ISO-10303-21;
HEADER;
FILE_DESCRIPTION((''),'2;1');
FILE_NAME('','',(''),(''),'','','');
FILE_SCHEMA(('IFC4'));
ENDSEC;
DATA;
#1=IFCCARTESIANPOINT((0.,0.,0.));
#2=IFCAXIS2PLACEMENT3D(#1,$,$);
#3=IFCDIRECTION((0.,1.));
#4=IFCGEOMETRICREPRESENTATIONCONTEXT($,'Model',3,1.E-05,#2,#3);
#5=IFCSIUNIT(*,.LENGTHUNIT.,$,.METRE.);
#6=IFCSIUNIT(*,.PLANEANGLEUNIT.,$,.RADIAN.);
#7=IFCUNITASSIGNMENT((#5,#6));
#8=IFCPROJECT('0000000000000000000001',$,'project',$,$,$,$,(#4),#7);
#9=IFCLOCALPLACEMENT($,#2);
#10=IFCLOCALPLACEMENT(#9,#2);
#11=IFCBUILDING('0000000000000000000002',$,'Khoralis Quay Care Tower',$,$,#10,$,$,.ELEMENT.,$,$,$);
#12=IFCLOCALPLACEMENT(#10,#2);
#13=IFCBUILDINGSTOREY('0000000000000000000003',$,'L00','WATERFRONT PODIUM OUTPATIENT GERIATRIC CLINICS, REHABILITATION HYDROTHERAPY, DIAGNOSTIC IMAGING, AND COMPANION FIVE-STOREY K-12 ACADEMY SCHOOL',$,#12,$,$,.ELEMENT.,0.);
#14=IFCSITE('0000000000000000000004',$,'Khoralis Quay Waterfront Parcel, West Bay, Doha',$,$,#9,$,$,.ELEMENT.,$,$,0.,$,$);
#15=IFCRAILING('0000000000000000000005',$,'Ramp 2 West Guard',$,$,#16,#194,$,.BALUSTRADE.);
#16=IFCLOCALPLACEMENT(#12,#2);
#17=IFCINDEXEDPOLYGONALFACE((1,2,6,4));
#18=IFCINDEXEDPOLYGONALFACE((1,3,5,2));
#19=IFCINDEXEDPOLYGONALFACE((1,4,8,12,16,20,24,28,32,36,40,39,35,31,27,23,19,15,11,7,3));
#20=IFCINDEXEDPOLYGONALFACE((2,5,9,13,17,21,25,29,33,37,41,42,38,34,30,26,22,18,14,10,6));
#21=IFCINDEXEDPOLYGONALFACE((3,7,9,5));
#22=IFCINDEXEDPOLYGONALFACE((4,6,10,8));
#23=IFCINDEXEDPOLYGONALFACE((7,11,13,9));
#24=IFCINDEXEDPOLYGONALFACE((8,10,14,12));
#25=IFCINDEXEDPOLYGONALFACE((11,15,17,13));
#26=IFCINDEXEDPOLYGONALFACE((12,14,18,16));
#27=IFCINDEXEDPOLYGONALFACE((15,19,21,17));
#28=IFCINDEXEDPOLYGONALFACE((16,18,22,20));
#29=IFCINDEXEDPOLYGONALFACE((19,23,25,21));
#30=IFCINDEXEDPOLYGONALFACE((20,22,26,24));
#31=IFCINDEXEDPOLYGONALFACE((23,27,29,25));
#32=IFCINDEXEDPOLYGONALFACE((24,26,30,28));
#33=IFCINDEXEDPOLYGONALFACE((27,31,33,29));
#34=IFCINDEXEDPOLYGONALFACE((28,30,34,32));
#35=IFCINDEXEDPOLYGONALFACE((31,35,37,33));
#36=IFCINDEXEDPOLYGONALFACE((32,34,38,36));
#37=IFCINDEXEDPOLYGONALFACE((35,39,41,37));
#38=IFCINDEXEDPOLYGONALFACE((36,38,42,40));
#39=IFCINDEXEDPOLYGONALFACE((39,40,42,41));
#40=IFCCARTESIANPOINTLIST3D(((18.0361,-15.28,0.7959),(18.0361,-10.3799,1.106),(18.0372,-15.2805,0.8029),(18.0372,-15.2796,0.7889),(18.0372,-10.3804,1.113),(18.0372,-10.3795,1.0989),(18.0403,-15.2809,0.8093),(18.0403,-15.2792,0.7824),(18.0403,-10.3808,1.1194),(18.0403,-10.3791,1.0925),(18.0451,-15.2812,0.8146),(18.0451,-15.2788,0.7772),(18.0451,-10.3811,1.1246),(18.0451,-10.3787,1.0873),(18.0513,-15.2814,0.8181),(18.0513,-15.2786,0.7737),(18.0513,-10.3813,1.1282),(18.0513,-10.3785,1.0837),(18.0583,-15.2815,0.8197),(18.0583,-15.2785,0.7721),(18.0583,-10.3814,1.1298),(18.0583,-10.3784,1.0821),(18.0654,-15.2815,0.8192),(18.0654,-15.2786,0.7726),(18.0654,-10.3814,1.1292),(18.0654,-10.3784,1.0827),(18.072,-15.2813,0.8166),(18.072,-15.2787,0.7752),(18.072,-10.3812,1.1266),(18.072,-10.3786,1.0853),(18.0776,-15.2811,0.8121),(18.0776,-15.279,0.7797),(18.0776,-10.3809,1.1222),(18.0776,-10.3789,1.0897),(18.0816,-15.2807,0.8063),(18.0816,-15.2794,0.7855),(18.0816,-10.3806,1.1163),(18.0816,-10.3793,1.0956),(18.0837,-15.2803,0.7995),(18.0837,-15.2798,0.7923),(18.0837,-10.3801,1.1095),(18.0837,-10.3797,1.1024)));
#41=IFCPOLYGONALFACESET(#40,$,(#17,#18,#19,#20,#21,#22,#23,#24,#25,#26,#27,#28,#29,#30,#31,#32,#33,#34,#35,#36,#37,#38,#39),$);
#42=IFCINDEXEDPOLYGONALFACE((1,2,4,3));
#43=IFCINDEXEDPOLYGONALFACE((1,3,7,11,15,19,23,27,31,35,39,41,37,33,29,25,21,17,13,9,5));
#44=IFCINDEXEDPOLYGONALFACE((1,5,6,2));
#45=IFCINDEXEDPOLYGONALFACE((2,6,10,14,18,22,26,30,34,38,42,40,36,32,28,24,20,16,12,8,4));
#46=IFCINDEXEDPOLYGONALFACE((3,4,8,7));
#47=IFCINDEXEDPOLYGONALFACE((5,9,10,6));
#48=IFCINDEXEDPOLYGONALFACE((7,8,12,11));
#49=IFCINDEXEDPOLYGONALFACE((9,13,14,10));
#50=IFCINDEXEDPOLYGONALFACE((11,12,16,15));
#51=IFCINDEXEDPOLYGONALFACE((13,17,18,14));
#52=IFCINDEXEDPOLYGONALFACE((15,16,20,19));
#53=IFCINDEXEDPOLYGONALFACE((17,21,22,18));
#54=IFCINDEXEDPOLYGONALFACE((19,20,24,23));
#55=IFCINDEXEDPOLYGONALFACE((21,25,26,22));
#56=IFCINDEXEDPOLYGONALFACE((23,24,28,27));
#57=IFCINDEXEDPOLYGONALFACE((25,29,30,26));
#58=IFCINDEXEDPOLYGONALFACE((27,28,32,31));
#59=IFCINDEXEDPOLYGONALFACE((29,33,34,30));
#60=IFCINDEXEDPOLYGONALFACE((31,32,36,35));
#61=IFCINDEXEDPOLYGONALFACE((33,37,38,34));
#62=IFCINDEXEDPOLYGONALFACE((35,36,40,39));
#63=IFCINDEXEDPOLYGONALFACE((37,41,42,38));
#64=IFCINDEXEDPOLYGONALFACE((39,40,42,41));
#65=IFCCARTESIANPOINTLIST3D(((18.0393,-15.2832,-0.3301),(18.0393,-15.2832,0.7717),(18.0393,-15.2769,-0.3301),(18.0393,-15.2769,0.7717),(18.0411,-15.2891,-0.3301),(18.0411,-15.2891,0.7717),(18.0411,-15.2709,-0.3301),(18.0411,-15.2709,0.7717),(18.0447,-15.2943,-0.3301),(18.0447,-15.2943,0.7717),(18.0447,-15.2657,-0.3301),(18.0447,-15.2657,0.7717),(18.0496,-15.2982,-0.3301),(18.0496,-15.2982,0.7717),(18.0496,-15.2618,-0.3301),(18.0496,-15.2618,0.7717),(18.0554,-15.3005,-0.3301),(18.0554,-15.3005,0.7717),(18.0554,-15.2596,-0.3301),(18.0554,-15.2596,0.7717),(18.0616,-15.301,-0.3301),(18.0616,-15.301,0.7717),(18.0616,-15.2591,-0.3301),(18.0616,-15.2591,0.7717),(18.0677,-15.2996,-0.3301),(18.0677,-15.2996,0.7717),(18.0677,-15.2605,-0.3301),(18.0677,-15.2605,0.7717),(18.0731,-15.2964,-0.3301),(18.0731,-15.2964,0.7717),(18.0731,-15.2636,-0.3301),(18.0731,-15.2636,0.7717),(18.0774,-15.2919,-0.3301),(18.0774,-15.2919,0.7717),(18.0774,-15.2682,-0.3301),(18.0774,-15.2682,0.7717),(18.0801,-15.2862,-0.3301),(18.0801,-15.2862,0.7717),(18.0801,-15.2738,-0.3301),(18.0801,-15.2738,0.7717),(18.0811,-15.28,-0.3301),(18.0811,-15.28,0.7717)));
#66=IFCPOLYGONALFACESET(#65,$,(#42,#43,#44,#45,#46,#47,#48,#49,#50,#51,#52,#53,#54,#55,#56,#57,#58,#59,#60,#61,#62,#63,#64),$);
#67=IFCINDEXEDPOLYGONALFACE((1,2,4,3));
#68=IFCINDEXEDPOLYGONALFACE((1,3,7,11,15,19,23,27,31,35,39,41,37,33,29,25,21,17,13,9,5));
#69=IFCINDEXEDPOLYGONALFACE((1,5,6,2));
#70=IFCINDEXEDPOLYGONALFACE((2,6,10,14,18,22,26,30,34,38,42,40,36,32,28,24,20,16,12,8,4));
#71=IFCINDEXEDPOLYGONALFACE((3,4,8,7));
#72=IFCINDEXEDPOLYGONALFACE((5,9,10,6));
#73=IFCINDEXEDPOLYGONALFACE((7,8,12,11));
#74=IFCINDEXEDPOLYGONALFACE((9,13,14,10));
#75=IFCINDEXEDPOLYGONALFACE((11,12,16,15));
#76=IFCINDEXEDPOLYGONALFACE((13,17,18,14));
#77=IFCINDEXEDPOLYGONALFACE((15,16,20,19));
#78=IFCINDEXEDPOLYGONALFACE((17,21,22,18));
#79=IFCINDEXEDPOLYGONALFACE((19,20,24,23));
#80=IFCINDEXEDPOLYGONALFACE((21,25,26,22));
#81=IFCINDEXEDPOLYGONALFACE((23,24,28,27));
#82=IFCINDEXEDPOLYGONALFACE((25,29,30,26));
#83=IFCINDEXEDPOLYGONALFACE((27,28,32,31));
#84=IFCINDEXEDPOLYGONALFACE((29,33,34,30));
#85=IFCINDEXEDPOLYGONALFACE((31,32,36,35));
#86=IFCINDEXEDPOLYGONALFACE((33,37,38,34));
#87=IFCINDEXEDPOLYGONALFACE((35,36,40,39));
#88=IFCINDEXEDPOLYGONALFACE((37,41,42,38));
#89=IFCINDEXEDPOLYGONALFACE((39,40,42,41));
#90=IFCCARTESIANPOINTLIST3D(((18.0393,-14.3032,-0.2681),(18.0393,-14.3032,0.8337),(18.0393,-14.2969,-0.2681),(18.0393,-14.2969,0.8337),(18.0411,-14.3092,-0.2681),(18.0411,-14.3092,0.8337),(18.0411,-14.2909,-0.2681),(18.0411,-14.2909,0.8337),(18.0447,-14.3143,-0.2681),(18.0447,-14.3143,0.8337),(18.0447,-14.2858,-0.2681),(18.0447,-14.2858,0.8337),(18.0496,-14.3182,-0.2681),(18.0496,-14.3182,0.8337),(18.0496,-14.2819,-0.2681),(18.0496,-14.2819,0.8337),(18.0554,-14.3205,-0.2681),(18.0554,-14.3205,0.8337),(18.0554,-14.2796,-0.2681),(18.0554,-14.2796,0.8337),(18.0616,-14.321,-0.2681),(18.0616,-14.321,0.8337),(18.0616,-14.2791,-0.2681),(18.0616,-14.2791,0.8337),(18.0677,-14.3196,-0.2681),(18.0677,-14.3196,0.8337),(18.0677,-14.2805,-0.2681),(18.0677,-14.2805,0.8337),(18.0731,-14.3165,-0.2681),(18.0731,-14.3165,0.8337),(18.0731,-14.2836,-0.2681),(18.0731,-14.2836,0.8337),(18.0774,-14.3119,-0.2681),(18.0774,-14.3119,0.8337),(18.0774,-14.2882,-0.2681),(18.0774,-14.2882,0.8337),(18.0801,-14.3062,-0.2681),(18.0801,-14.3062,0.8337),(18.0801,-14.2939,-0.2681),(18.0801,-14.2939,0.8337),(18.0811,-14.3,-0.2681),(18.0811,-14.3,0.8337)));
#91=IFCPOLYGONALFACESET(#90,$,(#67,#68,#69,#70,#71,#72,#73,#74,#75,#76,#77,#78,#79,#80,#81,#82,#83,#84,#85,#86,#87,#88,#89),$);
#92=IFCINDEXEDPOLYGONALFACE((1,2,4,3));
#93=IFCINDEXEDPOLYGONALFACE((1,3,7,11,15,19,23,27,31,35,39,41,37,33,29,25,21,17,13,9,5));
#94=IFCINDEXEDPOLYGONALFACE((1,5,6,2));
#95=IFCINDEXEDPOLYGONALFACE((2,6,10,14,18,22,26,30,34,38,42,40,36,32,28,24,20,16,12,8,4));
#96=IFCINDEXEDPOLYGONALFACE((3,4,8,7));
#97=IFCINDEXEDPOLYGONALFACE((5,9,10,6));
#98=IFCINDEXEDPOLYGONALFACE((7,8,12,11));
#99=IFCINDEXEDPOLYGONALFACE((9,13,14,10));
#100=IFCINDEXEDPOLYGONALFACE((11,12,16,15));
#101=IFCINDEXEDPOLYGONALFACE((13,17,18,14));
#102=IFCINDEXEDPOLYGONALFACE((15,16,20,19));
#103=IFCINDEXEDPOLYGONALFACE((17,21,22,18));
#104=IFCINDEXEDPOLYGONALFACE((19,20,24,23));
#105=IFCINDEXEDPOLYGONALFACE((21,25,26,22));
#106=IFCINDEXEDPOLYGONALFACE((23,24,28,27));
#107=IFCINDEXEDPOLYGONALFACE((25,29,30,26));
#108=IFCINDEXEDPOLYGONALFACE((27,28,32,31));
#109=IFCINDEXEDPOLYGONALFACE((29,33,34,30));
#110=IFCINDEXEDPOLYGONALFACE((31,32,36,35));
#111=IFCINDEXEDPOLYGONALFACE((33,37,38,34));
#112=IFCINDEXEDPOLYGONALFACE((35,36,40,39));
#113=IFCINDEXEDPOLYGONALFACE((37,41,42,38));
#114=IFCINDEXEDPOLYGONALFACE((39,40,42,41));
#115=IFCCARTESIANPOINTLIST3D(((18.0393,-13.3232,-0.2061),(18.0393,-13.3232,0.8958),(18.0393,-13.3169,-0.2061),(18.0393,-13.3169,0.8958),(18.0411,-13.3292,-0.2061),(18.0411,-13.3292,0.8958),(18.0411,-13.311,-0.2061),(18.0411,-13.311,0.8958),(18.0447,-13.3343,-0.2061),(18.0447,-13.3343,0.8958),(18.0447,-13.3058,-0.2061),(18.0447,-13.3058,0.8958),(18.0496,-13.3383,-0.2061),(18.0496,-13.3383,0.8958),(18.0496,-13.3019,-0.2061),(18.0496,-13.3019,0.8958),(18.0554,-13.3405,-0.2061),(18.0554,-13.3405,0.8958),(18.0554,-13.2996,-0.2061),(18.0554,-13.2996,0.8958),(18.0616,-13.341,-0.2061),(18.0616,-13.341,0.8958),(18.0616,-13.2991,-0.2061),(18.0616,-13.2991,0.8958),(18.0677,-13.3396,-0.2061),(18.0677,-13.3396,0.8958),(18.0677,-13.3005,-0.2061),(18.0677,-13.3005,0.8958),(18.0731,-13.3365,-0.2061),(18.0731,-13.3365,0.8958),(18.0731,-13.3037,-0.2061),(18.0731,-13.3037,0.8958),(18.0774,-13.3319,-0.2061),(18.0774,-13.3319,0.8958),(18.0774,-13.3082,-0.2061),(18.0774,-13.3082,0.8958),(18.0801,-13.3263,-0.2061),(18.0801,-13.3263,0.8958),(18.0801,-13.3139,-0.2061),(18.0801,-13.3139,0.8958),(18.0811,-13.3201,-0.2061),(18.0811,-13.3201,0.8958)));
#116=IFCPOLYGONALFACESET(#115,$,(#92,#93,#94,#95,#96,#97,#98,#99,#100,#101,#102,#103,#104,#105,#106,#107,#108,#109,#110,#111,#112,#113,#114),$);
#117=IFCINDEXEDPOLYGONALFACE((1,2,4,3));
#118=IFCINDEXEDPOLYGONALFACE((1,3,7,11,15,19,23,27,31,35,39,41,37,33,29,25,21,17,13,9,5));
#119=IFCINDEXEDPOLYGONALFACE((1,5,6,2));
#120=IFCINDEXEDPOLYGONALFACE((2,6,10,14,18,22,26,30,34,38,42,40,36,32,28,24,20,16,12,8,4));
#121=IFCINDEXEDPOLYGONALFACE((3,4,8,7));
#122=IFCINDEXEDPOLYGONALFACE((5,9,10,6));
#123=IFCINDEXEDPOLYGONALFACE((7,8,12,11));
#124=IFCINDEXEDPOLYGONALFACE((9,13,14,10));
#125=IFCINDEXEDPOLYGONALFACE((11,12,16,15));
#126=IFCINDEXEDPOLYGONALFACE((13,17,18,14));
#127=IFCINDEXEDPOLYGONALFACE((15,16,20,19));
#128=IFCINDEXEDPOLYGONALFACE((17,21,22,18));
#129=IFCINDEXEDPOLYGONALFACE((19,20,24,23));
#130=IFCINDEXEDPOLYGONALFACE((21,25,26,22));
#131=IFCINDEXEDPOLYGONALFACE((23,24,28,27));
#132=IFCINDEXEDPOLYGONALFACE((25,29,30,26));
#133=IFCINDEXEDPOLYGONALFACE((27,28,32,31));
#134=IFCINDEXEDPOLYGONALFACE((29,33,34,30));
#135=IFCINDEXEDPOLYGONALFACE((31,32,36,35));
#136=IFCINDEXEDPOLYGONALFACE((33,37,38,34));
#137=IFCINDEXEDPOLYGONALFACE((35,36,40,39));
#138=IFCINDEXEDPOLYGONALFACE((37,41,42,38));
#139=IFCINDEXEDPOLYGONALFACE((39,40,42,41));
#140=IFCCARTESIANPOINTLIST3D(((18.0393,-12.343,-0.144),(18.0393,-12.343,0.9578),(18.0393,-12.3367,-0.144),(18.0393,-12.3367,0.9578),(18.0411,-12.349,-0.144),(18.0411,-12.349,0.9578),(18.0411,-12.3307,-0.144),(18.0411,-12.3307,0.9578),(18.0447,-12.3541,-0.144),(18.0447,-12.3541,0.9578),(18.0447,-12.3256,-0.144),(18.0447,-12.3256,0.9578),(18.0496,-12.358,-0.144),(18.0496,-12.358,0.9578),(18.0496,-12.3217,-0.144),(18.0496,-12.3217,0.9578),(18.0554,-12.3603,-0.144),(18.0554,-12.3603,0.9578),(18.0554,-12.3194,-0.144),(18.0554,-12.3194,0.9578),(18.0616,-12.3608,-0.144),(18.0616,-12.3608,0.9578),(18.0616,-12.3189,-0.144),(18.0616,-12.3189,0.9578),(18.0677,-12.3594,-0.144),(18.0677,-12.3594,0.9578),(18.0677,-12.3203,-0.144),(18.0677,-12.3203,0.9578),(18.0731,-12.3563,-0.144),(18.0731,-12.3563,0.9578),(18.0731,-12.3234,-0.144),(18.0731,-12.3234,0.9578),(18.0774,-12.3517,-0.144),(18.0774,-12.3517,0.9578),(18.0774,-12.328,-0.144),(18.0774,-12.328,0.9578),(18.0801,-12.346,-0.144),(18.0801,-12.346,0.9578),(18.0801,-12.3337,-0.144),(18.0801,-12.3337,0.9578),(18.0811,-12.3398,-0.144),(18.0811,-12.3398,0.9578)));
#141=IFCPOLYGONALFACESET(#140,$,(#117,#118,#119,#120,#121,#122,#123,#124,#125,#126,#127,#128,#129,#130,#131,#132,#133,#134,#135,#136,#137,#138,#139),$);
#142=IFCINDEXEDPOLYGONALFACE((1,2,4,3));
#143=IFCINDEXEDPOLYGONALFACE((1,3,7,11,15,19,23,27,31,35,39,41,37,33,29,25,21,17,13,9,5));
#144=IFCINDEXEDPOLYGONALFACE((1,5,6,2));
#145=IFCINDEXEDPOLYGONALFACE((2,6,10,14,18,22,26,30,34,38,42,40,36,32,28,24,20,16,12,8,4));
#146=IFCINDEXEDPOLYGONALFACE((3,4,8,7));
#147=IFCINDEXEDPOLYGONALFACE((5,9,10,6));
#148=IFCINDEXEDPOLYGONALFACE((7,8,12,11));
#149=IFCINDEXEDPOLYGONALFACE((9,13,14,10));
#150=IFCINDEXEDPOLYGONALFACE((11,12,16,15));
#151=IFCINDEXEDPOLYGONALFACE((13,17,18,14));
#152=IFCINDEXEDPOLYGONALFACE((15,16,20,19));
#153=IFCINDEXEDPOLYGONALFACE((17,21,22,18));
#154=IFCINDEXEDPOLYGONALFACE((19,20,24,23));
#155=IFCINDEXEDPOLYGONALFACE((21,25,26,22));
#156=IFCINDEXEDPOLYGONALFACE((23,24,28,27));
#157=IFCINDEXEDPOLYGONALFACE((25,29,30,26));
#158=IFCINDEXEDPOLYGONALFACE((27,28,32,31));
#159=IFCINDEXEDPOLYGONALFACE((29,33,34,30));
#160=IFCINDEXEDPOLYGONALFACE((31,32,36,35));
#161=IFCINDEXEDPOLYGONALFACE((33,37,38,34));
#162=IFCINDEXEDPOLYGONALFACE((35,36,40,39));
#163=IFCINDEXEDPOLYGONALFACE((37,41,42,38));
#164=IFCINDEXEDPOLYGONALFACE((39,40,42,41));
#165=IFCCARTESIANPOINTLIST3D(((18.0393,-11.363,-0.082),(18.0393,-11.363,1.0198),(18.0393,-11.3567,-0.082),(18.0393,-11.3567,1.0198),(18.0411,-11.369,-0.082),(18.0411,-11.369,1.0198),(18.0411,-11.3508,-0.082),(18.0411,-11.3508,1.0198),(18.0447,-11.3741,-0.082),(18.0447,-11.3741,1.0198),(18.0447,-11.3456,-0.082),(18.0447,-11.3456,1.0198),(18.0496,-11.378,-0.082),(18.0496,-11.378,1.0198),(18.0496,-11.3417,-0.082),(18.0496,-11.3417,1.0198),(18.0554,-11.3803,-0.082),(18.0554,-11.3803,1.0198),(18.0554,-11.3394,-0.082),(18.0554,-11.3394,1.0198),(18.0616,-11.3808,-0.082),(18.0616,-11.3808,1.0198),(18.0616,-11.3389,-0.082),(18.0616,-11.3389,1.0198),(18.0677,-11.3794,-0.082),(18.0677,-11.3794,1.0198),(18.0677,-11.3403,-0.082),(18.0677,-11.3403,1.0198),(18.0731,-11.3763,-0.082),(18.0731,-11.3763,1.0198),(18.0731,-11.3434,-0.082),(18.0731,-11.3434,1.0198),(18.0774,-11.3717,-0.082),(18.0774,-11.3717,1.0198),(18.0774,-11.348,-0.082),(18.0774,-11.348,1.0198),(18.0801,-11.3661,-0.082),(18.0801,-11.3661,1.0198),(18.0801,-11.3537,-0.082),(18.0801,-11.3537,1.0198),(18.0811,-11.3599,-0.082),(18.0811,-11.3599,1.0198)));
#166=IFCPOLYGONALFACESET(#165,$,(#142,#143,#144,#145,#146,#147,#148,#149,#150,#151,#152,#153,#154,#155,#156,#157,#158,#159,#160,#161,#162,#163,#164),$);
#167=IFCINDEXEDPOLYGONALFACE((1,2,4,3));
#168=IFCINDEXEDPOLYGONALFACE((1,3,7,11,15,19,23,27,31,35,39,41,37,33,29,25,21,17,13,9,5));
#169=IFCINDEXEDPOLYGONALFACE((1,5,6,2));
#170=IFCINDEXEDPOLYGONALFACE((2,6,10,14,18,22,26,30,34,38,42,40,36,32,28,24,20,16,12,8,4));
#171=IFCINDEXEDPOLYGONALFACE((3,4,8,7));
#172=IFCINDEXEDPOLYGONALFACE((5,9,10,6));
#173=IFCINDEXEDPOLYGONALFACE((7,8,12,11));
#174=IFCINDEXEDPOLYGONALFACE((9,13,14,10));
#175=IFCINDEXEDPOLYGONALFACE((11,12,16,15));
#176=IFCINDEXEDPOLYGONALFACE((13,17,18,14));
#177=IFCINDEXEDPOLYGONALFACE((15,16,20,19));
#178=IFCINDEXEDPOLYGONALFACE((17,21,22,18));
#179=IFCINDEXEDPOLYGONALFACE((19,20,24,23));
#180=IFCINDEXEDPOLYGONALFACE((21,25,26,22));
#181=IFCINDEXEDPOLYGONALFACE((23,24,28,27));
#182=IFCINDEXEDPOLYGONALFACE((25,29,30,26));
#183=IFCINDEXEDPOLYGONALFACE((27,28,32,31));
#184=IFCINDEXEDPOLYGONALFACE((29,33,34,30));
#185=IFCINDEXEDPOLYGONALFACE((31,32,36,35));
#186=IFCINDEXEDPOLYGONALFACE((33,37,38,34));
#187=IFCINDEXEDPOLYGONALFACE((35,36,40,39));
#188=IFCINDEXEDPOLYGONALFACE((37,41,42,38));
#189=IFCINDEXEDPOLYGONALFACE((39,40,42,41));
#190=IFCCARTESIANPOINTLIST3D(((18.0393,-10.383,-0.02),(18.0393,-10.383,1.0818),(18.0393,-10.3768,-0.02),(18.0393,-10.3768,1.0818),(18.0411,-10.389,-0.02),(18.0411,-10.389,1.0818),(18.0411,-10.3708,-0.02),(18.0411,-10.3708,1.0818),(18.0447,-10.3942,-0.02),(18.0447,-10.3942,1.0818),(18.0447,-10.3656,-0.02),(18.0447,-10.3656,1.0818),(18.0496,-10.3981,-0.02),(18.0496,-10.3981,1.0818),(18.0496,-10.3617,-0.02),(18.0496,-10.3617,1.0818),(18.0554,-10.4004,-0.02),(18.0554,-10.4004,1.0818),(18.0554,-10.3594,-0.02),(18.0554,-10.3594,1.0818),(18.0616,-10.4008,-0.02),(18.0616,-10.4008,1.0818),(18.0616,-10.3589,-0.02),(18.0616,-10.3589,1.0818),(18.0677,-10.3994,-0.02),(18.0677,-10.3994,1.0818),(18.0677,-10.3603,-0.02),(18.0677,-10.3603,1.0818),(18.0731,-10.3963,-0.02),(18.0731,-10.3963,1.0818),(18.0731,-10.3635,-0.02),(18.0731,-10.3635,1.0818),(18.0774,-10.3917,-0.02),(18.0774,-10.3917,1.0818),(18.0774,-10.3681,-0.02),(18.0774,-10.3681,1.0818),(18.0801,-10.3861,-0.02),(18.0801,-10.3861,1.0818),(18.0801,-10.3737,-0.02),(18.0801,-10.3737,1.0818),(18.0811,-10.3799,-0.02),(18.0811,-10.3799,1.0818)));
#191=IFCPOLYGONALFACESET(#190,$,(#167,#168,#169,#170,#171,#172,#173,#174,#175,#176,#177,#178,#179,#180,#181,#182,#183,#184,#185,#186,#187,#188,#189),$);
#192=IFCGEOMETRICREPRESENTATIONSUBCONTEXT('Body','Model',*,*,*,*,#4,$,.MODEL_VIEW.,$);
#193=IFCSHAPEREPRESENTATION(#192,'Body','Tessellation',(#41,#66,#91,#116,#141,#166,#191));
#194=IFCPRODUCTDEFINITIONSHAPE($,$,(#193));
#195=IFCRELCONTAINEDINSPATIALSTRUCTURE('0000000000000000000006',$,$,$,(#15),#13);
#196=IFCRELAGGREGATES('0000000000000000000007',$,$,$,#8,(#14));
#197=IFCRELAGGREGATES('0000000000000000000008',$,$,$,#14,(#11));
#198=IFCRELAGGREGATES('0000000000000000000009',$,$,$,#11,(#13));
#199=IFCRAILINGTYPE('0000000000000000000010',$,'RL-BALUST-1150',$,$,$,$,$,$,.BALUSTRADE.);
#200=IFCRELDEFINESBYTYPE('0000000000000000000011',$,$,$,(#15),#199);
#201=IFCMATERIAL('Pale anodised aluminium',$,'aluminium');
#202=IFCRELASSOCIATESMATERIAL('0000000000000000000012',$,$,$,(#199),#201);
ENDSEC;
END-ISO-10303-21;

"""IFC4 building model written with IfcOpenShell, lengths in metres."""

from ifc_helpers import new_model, si_unit, direction, frame, origin, origin_2d, place, context, subcontext, project, spatial, circle, extrude, material, type_object, element, save


model = new_model("IFC4")

# Units and contexts
model_context = context("Model", 3, precision=1e-05, world=origin(), true_north=direction((0.0, 1.0)))
body_context = subcontext(model_context, "Body", "Model", "MODEL_VIEW")
ifc_project = project(units=[si_unit("LENGTHUNIT", "METRE"), si_unit("PLANEANGLEUNIT", "RADIAN")], contexts=[model_context])

# Site, building, storey
site_placement = place(None, origin())
site = spatial("IfcSite", under=ifc_project, at=site_placement, Name="Khoralis Quay Waterfront Parcel, West Bay, Doha", CompositionType="ELEMENT", RefElevation=0.0)
building_placement = place(site_placement, origin())
building = spatial("IfcBuilding", under=site, at=building_placement, Name="Khoralis Quay Care Tower", CompositionType="ELEMENT")
storey_placement = place(building_placement, origin())
storey = spatial("IfcBuildingStorey", under=building, at=storey_placement, Name="L00", Description="WATERFRONT PODIUM OUTPATIENT GERIATRIC CLINICS, REHABILITATION HYDROTHERAPY, DIAGNOSTIC IMAGING, AND COMPANION FIVE-STOREY K-12 ACADEMY SCHOOL", CompositionType="ELEMENT", Elevation=0.0)

# Railing
ifc_material_1 = material(Name="Pale anodised aluminium", Category="aluminium")
railing_type_1 = type_object("IfcRailingType", Name="RL-BALUST-1150", PredefinedType="BALUSTRADE", material=ifc_material_1)
for number, where, name in (
    (1, (18.0601, -15.28, -0.3301), "Ramp 2 West Guard"),
):
    element("IfcRailing", number, at=place(storey_placement, frame(where)), inside=storey, type_object=railing_type_1, Name=name, PredefinedType="BALUSTRADE", context=body_context, shape_type="SweptSolid", body=[
        extrude(circle(Radius=0.0239, at=origin_2d()), frame((0.0, 0.0, 1.126), z_axis=(0.0, 0.998004, 0.063149), x_axis=(-1.0, 0.0, 0.0)), (0.0, 0.0, 1.0), 4.9099),
        extrude(circle(Radius=0.021, at=origin_2d()), origin(), (0.0, 0.0, 1.0), 1.1018),
        extrude(circle(Radius=0.021, at=origin_2d()), frame((0.0, 0.98, 0.062)), (0.0, 0.0, 1.0), 1.1018),
        extrude(circle(Radius=0.021, at=origin_2d()), frame((0.0, 1.96, 0.124)), (0.0, 0.0, 1.0), 1.1018),
        extrude(circle(Radius=0.021, at=origin_2d()), frame((0.0, 2.9402, 0.186)), (0.0, 0.0, 1.0), 1.1018),
        extrude(circle(Radius=0.021, at=origin_2d()), frame((0.0, 3.9202, 0.248)), (0.0, 0.0, 1.0), 1.1018),
        extrude(circle(Radius=0.021, at=origin_2d()), frame((0.0, 4.9001, 0.3101)), (0.0, 0.0, 1.0), 1.1018),
    ])

save(model, "model.ifc")
